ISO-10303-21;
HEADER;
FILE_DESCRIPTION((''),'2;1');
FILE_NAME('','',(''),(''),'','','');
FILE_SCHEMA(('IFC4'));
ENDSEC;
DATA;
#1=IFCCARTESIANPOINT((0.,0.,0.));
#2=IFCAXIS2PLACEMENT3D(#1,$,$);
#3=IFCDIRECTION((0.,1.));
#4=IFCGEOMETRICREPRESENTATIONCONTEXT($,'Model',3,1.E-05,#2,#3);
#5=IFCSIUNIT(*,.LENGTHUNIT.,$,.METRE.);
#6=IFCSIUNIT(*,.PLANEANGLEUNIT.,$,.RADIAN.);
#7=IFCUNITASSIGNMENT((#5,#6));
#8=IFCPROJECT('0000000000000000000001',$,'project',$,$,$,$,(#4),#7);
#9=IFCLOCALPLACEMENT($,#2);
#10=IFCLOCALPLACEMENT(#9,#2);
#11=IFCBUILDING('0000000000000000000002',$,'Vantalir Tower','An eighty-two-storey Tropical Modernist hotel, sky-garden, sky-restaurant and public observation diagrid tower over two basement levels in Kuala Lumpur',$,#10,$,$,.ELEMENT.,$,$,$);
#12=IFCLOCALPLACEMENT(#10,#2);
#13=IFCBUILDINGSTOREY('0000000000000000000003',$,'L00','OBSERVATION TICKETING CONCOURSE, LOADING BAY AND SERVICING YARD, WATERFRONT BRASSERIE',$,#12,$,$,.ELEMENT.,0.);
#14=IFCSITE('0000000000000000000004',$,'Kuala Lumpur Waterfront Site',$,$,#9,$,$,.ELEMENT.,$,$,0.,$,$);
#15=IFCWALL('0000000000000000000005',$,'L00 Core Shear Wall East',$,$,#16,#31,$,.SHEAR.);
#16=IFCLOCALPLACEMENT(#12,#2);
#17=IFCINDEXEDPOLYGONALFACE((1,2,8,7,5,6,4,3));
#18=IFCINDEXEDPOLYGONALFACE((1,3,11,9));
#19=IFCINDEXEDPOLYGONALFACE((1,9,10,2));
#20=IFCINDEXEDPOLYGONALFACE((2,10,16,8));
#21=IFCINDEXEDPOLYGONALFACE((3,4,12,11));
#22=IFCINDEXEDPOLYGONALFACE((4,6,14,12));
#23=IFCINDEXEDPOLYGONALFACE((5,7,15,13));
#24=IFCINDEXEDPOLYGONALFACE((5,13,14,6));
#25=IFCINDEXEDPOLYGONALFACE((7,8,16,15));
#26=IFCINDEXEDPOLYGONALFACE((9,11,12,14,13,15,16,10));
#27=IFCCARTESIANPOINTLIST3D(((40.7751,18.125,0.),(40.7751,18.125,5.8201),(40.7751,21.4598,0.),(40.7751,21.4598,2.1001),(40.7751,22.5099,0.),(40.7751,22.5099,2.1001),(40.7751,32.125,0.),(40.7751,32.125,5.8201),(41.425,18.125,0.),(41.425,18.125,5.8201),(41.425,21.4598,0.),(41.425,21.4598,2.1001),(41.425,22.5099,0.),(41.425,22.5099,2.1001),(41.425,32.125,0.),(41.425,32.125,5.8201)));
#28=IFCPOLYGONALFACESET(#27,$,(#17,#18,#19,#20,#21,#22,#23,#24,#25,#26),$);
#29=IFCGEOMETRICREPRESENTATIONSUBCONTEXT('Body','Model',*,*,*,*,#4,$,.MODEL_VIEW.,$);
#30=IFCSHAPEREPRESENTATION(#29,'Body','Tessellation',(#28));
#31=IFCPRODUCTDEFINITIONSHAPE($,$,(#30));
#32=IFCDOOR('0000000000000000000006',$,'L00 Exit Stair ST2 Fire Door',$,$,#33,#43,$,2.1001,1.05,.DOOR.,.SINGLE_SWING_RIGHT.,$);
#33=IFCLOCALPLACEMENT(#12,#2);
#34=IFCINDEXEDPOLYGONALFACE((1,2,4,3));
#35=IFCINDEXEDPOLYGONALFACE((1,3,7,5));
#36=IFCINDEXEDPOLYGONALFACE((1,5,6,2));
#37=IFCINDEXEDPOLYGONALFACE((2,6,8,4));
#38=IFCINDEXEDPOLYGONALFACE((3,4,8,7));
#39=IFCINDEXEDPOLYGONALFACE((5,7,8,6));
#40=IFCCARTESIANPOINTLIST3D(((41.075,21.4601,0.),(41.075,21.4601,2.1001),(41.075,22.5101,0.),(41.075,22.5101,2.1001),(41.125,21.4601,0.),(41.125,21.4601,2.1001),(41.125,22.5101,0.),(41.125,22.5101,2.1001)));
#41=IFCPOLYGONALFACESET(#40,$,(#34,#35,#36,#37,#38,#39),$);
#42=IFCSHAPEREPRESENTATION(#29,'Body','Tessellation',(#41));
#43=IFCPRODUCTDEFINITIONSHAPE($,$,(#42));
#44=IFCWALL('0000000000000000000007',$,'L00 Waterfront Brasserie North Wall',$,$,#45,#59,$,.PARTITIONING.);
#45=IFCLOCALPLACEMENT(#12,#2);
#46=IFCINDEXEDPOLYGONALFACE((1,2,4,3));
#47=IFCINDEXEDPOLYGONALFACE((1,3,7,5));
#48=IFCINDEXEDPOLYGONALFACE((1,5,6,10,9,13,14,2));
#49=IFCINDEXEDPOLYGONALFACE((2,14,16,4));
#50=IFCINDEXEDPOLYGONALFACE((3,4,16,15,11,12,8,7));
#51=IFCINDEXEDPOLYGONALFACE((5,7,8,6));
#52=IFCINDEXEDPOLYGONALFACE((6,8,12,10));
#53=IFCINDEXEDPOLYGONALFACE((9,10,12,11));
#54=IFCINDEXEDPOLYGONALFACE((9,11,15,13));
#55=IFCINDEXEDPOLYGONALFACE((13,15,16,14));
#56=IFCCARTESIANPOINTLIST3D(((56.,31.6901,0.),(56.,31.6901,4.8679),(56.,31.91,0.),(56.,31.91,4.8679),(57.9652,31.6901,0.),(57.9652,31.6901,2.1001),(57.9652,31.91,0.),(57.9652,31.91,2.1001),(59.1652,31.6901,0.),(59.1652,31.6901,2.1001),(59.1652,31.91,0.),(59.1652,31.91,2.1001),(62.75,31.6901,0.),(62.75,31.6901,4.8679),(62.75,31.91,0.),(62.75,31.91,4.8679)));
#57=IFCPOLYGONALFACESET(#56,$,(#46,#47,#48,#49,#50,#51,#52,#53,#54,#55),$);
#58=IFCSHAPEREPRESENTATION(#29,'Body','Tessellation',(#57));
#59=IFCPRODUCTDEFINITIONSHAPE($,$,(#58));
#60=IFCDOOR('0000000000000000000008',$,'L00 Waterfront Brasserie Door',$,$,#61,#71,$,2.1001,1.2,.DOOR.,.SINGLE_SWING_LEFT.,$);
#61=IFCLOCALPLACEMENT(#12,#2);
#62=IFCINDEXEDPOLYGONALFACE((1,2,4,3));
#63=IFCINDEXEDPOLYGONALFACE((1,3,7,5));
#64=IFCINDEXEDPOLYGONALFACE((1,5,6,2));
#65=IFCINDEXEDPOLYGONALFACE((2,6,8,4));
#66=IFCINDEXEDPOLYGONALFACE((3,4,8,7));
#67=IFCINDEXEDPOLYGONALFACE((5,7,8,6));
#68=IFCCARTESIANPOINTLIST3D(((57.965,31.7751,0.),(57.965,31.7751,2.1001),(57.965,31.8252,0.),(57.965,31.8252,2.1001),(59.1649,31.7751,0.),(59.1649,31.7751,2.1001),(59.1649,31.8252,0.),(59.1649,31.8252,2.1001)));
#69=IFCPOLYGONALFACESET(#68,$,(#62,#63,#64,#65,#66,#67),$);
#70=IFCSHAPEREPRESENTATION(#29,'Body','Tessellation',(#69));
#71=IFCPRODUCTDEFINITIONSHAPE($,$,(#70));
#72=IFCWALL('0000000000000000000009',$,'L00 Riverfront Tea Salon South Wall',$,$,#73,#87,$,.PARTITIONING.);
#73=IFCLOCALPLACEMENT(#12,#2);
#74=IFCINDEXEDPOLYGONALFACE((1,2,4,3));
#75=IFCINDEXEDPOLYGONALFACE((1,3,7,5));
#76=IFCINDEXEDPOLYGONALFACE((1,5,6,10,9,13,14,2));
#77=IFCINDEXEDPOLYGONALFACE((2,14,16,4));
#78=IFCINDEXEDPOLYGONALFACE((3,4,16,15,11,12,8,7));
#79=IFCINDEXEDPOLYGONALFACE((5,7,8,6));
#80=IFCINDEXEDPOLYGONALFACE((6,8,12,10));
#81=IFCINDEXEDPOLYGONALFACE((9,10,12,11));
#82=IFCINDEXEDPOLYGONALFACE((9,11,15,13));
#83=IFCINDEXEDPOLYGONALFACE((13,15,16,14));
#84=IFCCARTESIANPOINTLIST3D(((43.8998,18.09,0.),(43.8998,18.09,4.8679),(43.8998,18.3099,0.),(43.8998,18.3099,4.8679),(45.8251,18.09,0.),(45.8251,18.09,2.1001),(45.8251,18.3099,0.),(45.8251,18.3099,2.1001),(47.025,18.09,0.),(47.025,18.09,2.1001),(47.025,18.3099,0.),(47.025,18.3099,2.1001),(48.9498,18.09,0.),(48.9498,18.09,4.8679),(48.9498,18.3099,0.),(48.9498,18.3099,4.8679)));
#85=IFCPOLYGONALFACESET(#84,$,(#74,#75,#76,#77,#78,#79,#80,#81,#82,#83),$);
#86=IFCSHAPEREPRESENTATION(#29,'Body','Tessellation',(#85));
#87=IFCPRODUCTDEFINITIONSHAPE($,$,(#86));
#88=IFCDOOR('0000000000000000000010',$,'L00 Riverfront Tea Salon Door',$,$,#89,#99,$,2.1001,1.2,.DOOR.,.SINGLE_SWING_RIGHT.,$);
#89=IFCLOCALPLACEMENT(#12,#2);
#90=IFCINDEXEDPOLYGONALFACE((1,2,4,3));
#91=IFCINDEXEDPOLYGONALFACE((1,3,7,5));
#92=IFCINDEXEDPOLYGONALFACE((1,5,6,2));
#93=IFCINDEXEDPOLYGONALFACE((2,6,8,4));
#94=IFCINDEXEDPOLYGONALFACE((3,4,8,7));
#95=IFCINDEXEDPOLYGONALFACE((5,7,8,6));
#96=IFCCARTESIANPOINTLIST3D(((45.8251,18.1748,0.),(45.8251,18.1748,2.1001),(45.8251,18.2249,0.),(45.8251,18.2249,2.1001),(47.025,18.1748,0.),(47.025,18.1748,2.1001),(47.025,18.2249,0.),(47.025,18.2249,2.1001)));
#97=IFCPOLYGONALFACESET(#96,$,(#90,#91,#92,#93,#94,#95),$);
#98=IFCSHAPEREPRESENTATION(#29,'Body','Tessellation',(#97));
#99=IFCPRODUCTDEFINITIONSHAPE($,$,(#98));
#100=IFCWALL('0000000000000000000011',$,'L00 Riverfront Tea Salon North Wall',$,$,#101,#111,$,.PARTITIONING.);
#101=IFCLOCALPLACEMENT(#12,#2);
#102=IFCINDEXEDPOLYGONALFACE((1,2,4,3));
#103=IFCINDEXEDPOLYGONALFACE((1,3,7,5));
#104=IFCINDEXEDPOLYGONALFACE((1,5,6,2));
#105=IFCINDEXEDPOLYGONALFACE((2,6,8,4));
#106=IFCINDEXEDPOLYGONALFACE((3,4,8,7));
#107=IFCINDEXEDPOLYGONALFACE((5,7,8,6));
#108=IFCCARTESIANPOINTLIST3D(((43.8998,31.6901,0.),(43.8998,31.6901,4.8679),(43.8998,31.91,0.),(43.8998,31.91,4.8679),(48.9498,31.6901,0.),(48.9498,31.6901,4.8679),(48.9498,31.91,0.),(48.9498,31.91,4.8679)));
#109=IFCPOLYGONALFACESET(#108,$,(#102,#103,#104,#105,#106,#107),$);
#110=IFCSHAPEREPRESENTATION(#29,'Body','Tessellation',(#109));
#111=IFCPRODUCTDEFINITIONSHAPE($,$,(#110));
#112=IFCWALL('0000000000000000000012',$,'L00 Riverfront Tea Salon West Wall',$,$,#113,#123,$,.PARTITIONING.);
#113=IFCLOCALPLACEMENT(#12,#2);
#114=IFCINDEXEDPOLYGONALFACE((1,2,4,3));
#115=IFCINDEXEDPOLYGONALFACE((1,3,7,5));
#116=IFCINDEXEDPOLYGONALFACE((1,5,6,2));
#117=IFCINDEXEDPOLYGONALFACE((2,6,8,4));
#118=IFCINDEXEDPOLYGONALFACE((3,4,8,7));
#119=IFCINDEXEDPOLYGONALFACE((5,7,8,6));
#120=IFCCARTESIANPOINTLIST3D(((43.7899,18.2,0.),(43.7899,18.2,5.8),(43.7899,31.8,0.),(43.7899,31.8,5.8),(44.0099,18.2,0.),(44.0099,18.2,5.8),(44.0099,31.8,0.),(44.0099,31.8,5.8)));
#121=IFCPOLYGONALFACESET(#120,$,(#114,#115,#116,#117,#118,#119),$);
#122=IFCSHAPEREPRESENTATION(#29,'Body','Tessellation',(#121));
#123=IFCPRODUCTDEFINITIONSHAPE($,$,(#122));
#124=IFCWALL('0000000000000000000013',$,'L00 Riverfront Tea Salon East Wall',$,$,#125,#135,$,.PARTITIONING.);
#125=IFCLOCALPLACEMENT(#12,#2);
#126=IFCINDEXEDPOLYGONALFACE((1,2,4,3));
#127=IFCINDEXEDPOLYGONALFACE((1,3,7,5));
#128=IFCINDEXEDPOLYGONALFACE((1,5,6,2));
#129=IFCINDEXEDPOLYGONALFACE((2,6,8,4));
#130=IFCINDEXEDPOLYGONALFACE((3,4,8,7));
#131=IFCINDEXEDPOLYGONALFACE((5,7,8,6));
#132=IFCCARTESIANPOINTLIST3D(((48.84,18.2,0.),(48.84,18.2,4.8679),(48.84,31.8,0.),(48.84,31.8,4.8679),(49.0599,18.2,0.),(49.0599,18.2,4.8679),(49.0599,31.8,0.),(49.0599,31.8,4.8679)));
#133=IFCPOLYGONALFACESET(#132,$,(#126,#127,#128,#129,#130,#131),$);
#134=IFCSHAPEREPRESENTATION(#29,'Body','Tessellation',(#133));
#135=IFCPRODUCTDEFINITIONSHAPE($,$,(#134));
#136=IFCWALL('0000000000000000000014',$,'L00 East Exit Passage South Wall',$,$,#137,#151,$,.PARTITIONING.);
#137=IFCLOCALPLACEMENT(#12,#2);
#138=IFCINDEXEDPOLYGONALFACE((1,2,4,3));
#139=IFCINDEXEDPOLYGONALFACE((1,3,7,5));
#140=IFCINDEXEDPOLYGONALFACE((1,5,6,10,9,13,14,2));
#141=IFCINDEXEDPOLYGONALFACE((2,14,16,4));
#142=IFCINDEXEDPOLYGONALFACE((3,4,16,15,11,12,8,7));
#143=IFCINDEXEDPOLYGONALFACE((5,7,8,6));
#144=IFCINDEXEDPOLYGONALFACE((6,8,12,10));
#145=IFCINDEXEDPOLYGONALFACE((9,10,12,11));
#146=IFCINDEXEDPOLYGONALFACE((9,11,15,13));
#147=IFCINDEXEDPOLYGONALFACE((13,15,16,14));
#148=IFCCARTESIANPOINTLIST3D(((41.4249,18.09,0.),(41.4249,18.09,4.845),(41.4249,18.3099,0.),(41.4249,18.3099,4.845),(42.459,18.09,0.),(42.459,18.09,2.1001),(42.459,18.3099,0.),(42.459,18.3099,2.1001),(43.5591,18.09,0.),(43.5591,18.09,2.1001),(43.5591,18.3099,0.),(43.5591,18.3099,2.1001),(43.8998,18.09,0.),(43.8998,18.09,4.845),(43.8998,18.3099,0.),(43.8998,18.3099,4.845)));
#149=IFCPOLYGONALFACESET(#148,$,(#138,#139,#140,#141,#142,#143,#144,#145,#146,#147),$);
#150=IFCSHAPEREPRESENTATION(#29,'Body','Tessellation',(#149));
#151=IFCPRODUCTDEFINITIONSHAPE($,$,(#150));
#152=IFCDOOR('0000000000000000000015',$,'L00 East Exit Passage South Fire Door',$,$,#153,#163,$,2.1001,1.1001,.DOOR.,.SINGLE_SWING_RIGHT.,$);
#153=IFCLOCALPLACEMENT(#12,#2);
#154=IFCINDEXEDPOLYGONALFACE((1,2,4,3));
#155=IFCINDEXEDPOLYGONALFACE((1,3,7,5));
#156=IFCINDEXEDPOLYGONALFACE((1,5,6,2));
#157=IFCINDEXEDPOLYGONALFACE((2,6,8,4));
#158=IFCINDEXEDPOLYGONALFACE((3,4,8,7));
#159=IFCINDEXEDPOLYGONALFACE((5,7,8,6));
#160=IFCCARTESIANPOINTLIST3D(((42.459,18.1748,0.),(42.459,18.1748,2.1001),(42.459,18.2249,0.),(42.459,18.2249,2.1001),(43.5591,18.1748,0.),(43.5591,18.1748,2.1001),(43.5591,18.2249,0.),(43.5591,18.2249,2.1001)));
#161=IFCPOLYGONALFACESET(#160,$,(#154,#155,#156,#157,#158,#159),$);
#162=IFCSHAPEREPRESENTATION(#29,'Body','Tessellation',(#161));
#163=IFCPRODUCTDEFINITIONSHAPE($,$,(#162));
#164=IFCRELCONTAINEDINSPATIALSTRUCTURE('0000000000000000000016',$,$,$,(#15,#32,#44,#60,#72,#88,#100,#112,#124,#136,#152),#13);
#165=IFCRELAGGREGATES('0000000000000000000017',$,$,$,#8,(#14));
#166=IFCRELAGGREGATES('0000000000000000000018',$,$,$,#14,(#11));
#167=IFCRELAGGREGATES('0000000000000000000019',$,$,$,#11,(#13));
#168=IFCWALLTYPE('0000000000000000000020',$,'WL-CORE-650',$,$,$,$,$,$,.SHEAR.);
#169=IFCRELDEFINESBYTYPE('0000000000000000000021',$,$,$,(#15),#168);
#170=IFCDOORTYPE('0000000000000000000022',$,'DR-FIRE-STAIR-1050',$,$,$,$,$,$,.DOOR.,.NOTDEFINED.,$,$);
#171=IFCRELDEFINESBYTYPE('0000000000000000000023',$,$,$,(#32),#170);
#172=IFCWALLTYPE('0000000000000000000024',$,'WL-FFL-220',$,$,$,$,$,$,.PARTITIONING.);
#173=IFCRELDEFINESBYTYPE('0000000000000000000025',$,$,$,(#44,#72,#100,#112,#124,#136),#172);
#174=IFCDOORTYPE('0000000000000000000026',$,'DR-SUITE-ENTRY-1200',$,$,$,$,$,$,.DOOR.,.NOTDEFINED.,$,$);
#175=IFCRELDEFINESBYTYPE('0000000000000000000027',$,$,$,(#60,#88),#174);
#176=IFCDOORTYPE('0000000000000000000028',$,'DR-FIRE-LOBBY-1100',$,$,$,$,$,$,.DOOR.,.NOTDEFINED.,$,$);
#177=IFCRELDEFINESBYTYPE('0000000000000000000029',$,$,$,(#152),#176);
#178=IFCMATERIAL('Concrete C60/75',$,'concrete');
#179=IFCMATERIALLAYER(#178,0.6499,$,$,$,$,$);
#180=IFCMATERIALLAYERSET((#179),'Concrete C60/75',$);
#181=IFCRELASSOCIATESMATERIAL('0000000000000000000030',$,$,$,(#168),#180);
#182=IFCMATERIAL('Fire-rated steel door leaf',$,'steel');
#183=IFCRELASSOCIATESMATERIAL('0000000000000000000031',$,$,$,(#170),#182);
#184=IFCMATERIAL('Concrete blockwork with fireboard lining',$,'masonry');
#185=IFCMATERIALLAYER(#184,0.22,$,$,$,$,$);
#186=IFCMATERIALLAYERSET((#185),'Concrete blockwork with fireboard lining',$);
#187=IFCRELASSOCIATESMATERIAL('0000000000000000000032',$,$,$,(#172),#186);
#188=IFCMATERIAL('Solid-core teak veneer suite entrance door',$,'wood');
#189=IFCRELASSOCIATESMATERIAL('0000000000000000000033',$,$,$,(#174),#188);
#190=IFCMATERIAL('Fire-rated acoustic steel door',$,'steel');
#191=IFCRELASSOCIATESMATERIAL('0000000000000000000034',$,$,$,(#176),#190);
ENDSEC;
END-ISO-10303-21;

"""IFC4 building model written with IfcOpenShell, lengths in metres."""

from ifc_helpers import new_model, si_unit, direction, frame, frame_2d, origin, place, context, subcontext, project, spatial, rectangle, extrude, material, layer, layer_set, type_object, element, fill, save


model = new_model("IFC4")

# Units and contexts
model_context = context("Model", 3, precision=1e-05, world=origin(), true_north=direction((0.0, 1.0)))
body_context = subcontext(model_context, "Body", "Model", "MODEL_VIEW")
ifc_project = project(units=[si_unit("LENGTHUNIT", "METRE"), si_unit("PLANEANGLEUNIT", "RADIAN")], contexts=[model_context])

# Site, building, storey
site_placement = place(None, origin())
site = spatial("IfcSite", under=ifc_project, at=site_placement, Name="Kuala Lumpur Waterfront Site", CompositionType="ELEMENT", RefElevation=0.0)
building_placement = place(site_placement, origin())
building = spatial("IfcBuilding", under=site, at=building_placement, Name="Vantalir Tower", Description="An eighty-two-storey Tropical Modernist hotel, sky-garden, sky-restaurant and public observation diagrid tower over two basement levels in Kuala Lumpur", CompositionType="ELEMENT")
storey_placement = place(building_placement, origin())
storey = spatial("IfcBuildingStorey", under=building, at=storey_placement, Name="L00", Description="OBSERVATION TICKETING CONCOURSE, LOADING BAY AND SERVICING YARD, WATERFRONT BRASSERIE", CompositionType="ELEMENT", Elevation=0.0)

# Shared definitions
ifc_material_1 = material(Name="Concrete C60/75", Category="concrete")

# Walls, openings, doors
ifc_layer_1 = layer(ifc_material_1, 0.6499)
ifc_layer_set_1 = layer_set([ifc_layer_1], Name="Concrete C60/75")
wall_type_1 = type_object("IfcWallType", Name="WL-CORE-650", PredefinedType="SHEAR", material=ifc_layer_set_1)
wall_1_placement = place(storey_placement, frame((41.1001, 18.125, 0.0), z_axis=(0.0, 0.0, 1.0), x_axis=(0.0, 1.0, 0.0)))
wall_1 = element("IfcWall", 1, at=wall_1_placement, inside=storey, type_object=wall_type_1, Name="L00 Core Shear Wall East", PredefinedType="SHEAR", context=body_context, shape_type="SweptSolid", body=[
    extrude(rectangle(XDim=14.0, YDim=0.6499, at=frame_2d((7.0, 0.0))), origin(), (0.0, 0.0, 1.0), 5.8201),
])
opening_1_placement = place(wall_1_placement, frame((3.335, 0.0, 0.0)))
opening_1 = element("IfcOpeningElement", 2, at=opening_1_placement, cuts=wall_1, PredefinedType="OPENING", context=body_context, shape_type="SweptSolid", body=[
    extrude(rectangle(XDim=1.05, YDim=2.1001, at=frame_2d((0.5249, 1.05))), frame((0.0, 0.335, 0.0), z_axis=(0.0, -1.0, 0.0), x_axis=(1.0, 0.0, 0.0)), (0.0, 0.0, 1.0), 0.6699),
])
ifc_material_2 = material(Name="Fire-rated steel door leaf", Category="steel")
door_type_1 = type_object("IfcDoorType", Name="DR-FIRE-STAIR-1050", OperationType="NOTDEFINED", PredefinedType="DOOR", material=ifc_material_2)
door_1_placement = place(opening_1_placement, frame((1.05, 0.0, 0.0), z_axis=(0.0, 0.0, 1.0), x_axis=(-1.0, 0.0, 0.0)))
door_1 = element("IfcDoor", 3, at=door_1_placement, inside=storey, type_object=door_type_1, Name="L00 Exit Stair ST2 Fire Door", OperationType="SINGLE_SWING_RIGHT", OverallHeight=2.1001, OverallWidth=1.05, PredefinedType="DOOR", context=body_context, shape_type="SweptSolid", body=[
    extrude(rectangle(XDim=1.05, YDim=2.1001, at=frame_2d((0.5249, 1.05))), frame((0.0, 0.0249, 0.0), z_axis=(0.0, -1.0, 0.0), x_axis=(1.0, 0.0, 0.0)), (0.0, 0.0, 1.0), 0.05),
])
fill(opening_1, door_1)
ifc_material_3 = material(Name="Concrete blockwork with fireboard lining", Category="masonry")
ifc_layer_2 = layer(ifc_material_3, 0.22)
ifc_layer_set_2 = layer_set([ifc_layer_2], Name="Concrete blockwork with fireboard lining")
wall_type_2 = type_object("IfcWallType", Name="WL-FFL-220", PredefinedType="PARTITIONING", material=ifc_layer_set_2)
wall_2_placement = place(storey_placement, frame((56.0, 31.8, 0.0), z_axis=(0.0, 0.0, 1.0), x_axis=(1.0, 0.0, 0.0)))
wall_2 = element("IfcWall", 4, at=wall_2_placement, inside=storey, type_object=wall_type_2, Name="L00 Waterfront Brasserie North Wall", PredefinedType="PARTITIONING", context=body_context, shape_type="SweptSolid", body=[
    extrude(rectangle(XDim=6.75, YDim=0.22, at=frame_2d((3.375, 0.0))), origin(), (0.0, 0.0, 1.0), 4.8679),
])
opening_2_placement = place(wall_2_placement, frame((1.9651, 0.0, 0.0)))
opening_2 = element("IfcOpeningElement", 5, at=opening_2_placement, cuts=wall_2, PredefinedType="OPENING", context=body_context, shape_type="SweptSolid", body=[
    extrude(rectangle(XDim=1.2, YDim=2.1001, at=frame_2d((0.6001, 1.05))), frame((0.0, 0.1199, 0.0), z_axis=(0.0, -1.0, 0.0), x_axis=(1.0, 0.0, 0.0)), (0.0, 0.0, 1.0), 0.24),
])
ifc_material_4 = material(Name="Solid-core teak veneer suite entrance door", Category="wood")
door_type_2 = type_object("IfcDoorType", Name="DR-SUITE-ENTRY-1200", OperationType="NOTDEFINED", PredefinedType="DOOR", material=ifc_material_4)
door_2_placement = place(opening_2_placement, frame((1.2, 0.0, 0.0), z_axis=(0.0, 0.0, 1.0), x_axis=(-1.0, 0.0, 0.0)))
door_2 = element("IfcDoor", 6, at=door_2_placement, inside=storey, type_object=door_type_2, Name="L00 Waterfront Brasserie Door", OperationType="SINGLE_SWING_LEFT", OverallHeight=2.1001, OverallWidth=1.2, PredefinedType="DOOR", context=body_context, shape_type="SweptSolid", body=[
    extrude(rectangle(XDim=1.2, YDim=2.1001, at=frame_2d((0.6001, 1.05))), frame((0.0, 0.0249, 0.0), z_axis=(0.0, -1.0, 0.0), x_axis=(1.0, 0.0, 0.0)), (0.0, 0.0, 1.0), 0.05),
])
fill(opening_2, door_2)
wall_3_placement = place(storey_placement, frame((43.8999, 18.2, 0.0), z_axis=(0.0, 0.0, 1.0), x_axis=(1.0, 0.0, 0.0)))
wall_3 = element("IfcWall", 7, at=wall_3_placement, inside=storey, type_object=wall_type_2, Name="L00 Riverfront Tea Salon South Wall", PredefinedType="PARTITIONING", context=body_context, shape_type="SweptSolid", body=[
    extrude(rectangle(XDim=5.05, YDim=0.22, at=frame_2d((2.5249, 0.0))), origin(), (0.0, 0.0, 1.0), 4.8679),
])
opening_3_placement = place(wall_3_placement, frame((1.925, 0.0, 0.0)))
opening_3 = element("IfcOpeningElement", 8, at=opening_3_placement, cuts=wall_3, PredefinedType="OPENING", context=body_context, shape_type="SweptSolid", body=[
    extrude(rectangle(XDim=1.2, YDim=2.1001, at=frame_2d((0.6001, 1.05))), frame((0.0, 0.1199, 0.0), z_axis=(0.0, -1.0, 0.0), x_axis=(1.0, 0.0, 0.0)), (0.0, 0.0, 1.0), 0.24),
])
door_3_placement = place(opening_3_placement, origin())
door_3 = element("IfcDoor", 9, at=door_3_placement, inside=storey, type_object=door_type_2, Name="L00 Riverfront Tea Salon Door", OperationType="SINGLE_SWING_RIGHT", OverallHeight=2.1001, OverallWidth=1.2, PredefinedType="DOOR", context=body_context, shape_type="SweptSolid", body=[
    extrude(rectangle(XDim=1.2, YDim=2.1001, at=frame_2d((0.6001, 1.05))), frame((0.0, 0.0249, 0.0), z_axis=(0.0, -1.0, 0.0), x_axis=(1.0, 0.0, 0.0)), (0.0, 0.0, 1.0), 0.05),
])
fill(opening_3, door_3)

# Walls
wall_4_placement = place(storey_placement, frame((43.8999, 31.8, 0.0), z_axis=(0.0, 0.0, 1.0), x_axis=(1.0, 0.0, 0.0)))
element("IfcWall", 10, at=wall_4_placement, inside=storey, type_object=wall_type_2, Name="L00 Riverfront Tea Salon North Wall", PredefinedType="PARTITIONING", context=body_context, shape_type="SweptSolid", body=[
    extrude(rectangle(XDim=5.05, YDim=0.22, at=frame_2d((2.5249, 0.0))), origin(), (0.0, 0.0, 1.0), 4.8679),
])
wall_5_placement = place(storey_placement, frame((43.8999, 18.2, 0.0), z_axis=(0.0, 0.0, 1.0), x_axis=(0.0, 1.0, 0.0)))
element("IfcWall", 11, at=wall_5_placement, inside=storey, type_object=wall_type_2, Name="L00 Riverfront Tea Salon West Wall", PredefinedType="PARTITIONING", context=body_context, shape_type="SweptSolid", body=[
    extrude(rectangle(XDim=13.6001, YDim=0.22, at=frame_2d((6.8, 0.0))), origin(), (0.0, 0.0, 1.0), 5.8),
])
wall_6_placement = place(storey_placement, frame((48.95, 18.2, 0.0), z_axis=(0.0, 0.0, 1.0), x_axis=(0.0, 1.0, 0.0)))
element("IfcWall", 12, at=wall_6_placement, inside=storey, type_object=wall_type_2, Name="L00 Riverfront Tea Salon East Wall", PredefinedType="PARTITIONING", context=body_context, shape_type="SweptSolid", body=[
    extrude(rectangle(XDim=13.6001, YDim=0.22, at=frame_2d((6.8, 0.0))), origin(), (0.0, 0.0, 1.0), 4.8679),
])

# Wall, opening, door
wall_7_placement = place(storey_placement, frame((41.425, 18.2, 0.0), z_axis=(0.0, 0.0, 1.0), x_axis=(1.0, 0.0, 0.0)))
wall_7 = element("IfcWall", 13, at=wall_7_placement, inside=storey, type_object=wall_type_2, Name="L00 East Exit Passage South Wall", PredefinedType="PARTITIONING", context=body_context, shape_type="SweptSolid", body=[
    extrude(rectangle(XDim=2.4749, YDim=0.22, at=frame_2d((1.2373, 0.0))), origin(), (0.0, 0.0, 1.0), 4.845),
])
opening_4_placement = place(wall_7_placement, frame((1.0339, 0.0, 0.0)))
opening_4 = element("IfcOpeningElement", 14, at=opening_4_placement, cuts=wall_7, PredefinedType="OPENING", context=body_context, shape_type="SweptSolid", body=[
    extrude(rectangle(XDim=1.1001, YDim=2.1001, at=frame_2d((0.55, 1.05))), frame((0.0, 0.1199, 0.0), z_axis=(0.0, -1.0, 0.0), x_axis=(1.0, 0.0, 0.0)), (0.0, 0.0, 1.0), 0.24),
])
ifc_material_5 = material(Name="Fire-rated acoustic steel door", Category="steel")
door_type_3 = type_object("IfcDoorType", Name="DR-FIRE-LOBBY-1100", OperationType="NOTDEFINED", PredefinedType="DOOR", material=ifc_material_5)
door_4_placement = place(opening_4_placement, origin())
door_4 = element("IfcDoor", 15, at=door_4_placement, inside=storey, type_object=door_type_3, Name="L00 East Exit Passage South Fire Door", OperationType="SINGLE_SWING_RIGHT", OverallHeight=2.1001, OverallWidth=1.1001, PredefinedType="DOOR", context=body_context, shape_type="SweptSolid", body=[
    extrude(rectangle(XDim=1.1001, YDim=2.1001, at=frame_2d((0.55, 1.05))), frame((0.0, 0.0249, 0.0), z_axis=(0.0, -1.0, 0.0), x_axis=(1.0, 0.0, 0.0)), (0.0, 0.0, 1.0), 0.05),
])
fill(opening_4, door_4)

save(model, "model.ifc")
